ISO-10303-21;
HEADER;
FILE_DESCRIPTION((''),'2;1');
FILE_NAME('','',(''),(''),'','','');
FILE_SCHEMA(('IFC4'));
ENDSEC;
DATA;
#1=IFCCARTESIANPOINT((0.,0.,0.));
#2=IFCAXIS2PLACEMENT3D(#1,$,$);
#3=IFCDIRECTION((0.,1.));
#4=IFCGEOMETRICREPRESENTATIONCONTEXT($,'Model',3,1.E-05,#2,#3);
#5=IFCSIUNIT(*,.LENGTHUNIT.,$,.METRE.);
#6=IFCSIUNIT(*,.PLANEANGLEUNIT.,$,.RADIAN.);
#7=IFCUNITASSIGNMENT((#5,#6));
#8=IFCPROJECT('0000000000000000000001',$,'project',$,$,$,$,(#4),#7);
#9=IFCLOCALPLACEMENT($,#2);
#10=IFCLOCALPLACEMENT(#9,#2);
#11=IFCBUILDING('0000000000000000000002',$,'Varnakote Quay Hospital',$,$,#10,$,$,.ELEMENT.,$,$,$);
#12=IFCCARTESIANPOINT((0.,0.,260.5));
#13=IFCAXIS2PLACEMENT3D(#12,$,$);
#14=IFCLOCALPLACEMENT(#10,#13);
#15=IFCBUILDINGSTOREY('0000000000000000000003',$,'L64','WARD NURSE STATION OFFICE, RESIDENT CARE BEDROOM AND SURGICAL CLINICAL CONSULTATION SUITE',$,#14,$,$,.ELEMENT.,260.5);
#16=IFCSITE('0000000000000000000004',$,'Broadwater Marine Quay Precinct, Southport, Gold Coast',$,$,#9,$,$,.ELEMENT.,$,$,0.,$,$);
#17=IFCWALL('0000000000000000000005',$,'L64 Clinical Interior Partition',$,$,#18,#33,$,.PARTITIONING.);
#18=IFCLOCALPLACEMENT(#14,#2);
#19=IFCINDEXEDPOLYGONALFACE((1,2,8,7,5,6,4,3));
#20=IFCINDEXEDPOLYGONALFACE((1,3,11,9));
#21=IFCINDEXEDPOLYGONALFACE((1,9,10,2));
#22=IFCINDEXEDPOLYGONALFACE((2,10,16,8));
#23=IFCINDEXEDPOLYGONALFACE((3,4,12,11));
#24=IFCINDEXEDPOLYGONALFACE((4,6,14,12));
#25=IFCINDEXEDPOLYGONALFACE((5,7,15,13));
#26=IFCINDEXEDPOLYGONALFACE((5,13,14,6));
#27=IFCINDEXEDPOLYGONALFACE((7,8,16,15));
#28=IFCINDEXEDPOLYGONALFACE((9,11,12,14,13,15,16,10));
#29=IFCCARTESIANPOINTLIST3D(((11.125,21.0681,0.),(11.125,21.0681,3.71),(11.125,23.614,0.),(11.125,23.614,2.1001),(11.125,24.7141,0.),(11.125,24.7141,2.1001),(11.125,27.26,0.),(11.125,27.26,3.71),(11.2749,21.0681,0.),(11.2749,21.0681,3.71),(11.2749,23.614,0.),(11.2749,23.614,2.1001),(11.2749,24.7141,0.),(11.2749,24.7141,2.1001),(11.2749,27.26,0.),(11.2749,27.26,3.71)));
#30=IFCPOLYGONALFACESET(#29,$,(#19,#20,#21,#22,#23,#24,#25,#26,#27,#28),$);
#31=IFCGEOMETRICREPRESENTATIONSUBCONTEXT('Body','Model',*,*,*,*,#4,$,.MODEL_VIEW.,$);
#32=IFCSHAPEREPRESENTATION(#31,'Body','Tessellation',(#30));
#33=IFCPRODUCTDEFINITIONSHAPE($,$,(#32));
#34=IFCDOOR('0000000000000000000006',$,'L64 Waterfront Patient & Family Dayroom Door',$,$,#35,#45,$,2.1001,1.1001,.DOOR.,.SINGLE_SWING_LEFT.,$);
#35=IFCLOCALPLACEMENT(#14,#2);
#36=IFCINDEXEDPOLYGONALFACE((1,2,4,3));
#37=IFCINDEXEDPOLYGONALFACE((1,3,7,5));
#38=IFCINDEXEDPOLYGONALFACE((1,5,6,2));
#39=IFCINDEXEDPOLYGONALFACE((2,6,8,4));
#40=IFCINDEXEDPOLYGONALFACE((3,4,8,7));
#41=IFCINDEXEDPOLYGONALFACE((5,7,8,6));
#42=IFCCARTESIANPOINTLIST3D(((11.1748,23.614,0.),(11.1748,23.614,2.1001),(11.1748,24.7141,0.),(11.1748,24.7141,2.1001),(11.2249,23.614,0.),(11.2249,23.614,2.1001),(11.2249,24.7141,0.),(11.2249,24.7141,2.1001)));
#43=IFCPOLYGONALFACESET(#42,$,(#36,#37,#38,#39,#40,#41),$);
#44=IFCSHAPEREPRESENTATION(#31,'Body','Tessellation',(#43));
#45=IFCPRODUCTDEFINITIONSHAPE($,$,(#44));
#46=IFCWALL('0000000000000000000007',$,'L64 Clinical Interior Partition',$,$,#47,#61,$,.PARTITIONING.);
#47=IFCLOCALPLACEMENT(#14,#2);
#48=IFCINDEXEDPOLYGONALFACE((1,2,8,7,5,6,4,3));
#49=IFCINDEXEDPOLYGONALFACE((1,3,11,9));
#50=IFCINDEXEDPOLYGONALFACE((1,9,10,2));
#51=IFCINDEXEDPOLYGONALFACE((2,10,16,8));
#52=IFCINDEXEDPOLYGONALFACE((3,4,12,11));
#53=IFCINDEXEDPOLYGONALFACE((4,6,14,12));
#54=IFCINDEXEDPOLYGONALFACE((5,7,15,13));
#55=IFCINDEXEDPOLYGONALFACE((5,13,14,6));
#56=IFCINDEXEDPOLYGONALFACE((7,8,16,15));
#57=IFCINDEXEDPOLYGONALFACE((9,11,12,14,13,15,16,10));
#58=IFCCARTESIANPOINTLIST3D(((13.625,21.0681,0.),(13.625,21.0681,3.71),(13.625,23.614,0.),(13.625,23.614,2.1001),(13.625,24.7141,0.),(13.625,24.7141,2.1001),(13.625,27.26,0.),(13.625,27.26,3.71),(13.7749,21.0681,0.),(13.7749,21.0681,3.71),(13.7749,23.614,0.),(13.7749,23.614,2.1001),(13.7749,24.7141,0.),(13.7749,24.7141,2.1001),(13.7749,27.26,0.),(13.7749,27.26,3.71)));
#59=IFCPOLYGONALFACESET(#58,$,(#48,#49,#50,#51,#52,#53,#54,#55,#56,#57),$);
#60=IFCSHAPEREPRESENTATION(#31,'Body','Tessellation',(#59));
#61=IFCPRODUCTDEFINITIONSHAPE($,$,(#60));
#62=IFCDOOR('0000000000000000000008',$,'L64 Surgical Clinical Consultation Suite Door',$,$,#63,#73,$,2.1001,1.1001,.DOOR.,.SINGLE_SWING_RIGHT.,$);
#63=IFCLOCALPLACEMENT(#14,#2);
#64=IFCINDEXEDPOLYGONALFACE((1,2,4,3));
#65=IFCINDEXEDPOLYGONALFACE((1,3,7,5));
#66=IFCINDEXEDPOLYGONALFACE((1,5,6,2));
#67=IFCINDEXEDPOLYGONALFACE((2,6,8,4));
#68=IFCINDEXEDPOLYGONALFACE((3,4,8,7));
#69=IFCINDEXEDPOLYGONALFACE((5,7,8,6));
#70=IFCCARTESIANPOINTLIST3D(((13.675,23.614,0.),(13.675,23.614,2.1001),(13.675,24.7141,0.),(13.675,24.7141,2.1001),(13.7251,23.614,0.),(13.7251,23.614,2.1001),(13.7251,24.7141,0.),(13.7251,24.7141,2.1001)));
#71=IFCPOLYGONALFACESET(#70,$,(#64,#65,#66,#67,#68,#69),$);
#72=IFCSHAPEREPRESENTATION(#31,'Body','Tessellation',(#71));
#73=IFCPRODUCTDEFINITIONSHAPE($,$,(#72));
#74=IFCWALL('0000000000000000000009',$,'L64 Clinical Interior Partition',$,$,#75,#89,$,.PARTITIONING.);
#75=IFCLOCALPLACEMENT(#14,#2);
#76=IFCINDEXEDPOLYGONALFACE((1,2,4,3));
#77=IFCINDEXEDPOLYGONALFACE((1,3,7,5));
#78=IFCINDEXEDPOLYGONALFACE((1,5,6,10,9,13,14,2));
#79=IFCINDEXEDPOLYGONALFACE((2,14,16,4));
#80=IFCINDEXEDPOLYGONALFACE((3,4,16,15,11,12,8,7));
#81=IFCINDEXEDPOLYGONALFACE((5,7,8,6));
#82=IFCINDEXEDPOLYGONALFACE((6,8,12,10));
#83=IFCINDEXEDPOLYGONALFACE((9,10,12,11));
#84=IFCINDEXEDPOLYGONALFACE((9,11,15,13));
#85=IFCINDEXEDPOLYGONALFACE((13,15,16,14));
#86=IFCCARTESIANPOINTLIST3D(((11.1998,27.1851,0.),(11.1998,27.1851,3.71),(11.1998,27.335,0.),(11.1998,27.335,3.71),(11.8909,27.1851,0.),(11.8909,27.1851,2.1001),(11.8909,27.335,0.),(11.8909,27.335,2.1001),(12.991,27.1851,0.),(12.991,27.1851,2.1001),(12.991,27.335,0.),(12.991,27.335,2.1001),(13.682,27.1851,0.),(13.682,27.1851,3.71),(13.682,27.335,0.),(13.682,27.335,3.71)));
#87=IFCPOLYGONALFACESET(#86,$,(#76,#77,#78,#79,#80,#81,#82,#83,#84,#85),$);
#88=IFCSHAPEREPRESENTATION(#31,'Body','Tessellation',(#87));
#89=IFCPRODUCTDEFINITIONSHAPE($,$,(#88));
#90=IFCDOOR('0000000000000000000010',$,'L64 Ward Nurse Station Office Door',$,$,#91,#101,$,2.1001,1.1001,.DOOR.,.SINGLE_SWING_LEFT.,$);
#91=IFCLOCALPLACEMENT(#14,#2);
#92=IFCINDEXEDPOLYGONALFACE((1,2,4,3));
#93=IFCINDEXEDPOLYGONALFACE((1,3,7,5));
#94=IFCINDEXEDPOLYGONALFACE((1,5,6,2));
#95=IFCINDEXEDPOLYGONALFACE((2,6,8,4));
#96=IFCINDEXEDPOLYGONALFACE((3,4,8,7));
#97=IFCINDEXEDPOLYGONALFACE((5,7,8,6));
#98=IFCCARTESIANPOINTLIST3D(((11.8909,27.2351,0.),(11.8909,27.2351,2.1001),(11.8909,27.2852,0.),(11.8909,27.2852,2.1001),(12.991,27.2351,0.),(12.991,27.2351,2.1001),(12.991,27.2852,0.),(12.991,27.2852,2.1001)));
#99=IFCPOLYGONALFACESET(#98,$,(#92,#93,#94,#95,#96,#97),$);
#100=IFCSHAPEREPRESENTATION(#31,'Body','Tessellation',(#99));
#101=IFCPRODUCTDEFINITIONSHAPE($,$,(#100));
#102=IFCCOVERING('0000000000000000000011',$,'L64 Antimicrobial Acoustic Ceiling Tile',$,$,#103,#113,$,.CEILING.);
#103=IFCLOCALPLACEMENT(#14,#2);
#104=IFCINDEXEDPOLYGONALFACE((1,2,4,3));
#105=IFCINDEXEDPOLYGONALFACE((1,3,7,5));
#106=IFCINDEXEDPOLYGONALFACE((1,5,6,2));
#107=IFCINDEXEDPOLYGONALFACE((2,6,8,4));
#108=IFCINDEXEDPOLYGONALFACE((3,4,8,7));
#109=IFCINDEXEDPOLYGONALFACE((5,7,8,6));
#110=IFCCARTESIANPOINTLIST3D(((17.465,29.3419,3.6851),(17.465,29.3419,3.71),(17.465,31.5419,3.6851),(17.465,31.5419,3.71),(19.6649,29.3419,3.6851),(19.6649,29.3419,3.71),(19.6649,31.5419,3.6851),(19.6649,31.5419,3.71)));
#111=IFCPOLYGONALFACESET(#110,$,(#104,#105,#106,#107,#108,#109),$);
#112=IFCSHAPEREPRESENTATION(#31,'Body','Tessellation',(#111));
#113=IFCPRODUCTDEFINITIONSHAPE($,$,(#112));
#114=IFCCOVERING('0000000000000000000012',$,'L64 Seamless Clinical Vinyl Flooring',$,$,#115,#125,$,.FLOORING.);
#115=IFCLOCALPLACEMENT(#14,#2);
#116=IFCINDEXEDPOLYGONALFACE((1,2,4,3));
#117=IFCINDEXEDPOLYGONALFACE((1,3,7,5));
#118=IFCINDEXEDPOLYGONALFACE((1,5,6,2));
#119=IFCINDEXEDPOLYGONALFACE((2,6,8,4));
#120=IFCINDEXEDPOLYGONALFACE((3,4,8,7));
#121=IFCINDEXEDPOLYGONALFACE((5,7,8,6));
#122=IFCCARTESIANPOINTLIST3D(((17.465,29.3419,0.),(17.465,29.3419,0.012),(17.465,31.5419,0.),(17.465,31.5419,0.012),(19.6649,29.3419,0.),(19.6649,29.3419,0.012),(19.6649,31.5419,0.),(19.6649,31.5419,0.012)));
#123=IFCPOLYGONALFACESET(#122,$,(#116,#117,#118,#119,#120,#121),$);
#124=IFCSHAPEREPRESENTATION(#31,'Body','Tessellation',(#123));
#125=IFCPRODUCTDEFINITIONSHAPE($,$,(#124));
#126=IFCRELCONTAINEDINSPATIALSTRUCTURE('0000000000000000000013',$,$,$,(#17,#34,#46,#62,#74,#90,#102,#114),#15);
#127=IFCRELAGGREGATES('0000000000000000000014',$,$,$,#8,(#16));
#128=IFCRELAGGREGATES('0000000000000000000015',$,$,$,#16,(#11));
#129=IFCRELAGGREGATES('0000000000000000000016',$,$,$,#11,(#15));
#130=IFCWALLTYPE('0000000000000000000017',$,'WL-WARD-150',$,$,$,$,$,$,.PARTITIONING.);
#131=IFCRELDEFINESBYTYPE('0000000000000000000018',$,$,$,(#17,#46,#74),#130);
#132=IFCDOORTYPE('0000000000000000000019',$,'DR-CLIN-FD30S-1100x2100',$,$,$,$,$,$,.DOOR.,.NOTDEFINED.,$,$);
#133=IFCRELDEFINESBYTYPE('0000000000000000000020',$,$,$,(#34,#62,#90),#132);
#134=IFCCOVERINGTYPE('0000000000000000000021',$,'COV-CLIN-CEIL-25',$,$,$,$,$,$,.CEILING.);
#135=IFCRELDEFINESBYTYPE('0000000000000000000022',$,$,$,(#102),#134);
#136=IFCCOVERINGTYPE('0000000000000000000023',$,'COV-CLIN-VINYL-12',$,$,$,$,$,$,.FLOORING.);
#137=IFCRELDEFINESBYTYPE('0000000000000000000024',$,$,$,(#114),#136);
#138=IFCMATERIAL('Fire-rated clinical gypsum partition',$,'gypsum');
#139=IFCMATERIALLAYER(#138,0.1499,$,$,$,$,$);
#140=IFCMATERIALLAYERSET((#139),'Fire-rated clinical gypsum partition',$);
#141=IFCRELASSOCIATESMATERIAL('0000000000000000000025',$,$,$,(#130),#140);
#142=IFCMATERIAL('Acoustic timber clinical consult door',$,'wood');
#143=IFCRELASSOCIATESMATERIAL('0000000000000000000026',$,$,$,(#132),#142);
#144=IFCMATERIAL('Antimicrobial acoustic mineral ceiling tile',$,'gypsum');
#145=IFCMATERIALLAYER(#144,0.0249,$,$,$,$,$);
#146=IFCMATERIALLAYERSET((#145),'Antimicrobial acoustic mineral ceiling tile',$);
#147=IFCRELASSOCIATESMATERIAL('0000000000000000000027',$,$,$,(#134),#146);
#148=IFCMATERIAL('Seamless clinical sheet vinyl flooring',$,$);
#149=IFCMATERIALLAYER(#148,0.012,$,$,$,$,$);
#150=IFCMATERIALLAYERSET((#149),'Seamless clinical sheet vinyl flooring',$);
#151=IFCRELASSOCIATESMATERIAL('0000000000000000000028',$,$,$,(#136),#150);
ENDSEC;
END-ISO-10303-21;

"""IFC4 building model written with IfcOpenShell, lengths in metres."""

from ifc_helpers import new_model, si_unit, direction, frame, frame_2d, origin, origin_2d, place, context, subcontext, project, spatial, rectangle, extrude, material, layer, layer_set, type_object, element, fill, save


model = new_model("IFC4")

# Units and contexts
model_context = context("Model", 3, precision=1e-05, world=origin(), true_north=direction((0.0, 1.0)))
body_context = subcontext(model_context, "Body", "Model", "MODEL_VIEW")
ifc_project = project(units=[si_unit("LENGTHUNIT", "METRE"), si_unit("PLANEANGLEUNIT", "RADIAN")], contexts=[model_context])

# Site, building, storey
site_placement = place(None, origin())
site = spatial("IfcSite", under=ifc_project, at=site_placement, Name="Broadwater Marine Quay Precinct, Southport, Gold Coast", CompositionType="ELEMENT", RefElevation=0.0)
building_placement = place(site_placement, origin())
building = spatial("IfcBuilding", under=site, at=building_placement, Name="Varnakote Quay Hospital", CompositionType="ELEMENT")
storey_placement = place(building_placement, frame((0.0, 0.0, 260.5)))
storey = spatial("IfcBuildingStorey", under=building, at=storey_placement, Name="L64", Description="WARD NURSE STATION OFFICE, RESIDENT CARE BEDROOM AND SURGICAL CLINICAL CONSULTATION SUITE", CompositionType="ELEMENT", Elevation=260.5)

# Shared definitions
ifc_material_1 = material(Name="Fire-rated clinical gypsum partition", Category="gypsum")
ifc_layer_1 = layer(ifc_material_1, 0.1499)
ifc_layer_set_1 = layer_set([ifc_layer_1], Name="Fire-rated clinical gypsum partition")
wall_type_1 = type_object("IfcWallType", Name="WL-WARD-150", PredefinedType="PARTITIONING", material=ifc_layer_set_1)

# Walls, openings, doors
wall_1_placement = place(storey_placement, frame((11.2, 27.26, 0.0), z_axis=(0.0, 0.0, 1.0), x_axis=(0.0, -1.0, 0.0)))
wall_1 = element("IfcWall", 1, at=wall_1_placement, inside=storey, type_object=wall_type_1, Name="L64 Clinical Interior Partition", PredefinedType="PARTITIONING", context=body_context, shape_type="SweptSolid", body=[
    extrude(rectangle(XDim=6.1919, YDim=0.1499, at=frame_2d((3.0959, 0.0))), origin(), (0.0, 0.0, 1.0), 3.71),
])
opening_1_placement = place(wall_1_placement, frame((2.5459, 0.0, 0.0)))
opening_1 = element("IfcOpeningElement", 2, at=opening_1_placement, cuts=wall_1, PredefinedType="OPENING", context=body_context, shape_type="SweptSolid", body=[
    extrude(rectangle(XDim=1.1001, YDim=2.1001, at=frame_2d((0.55, 1.05))), frame((0.0, 0.085, 0.0), z_axis=(0.0, -1.0, 0.0), x_axis=(1.0, 0.0, 0.0)), (0.0, 0.0, 1.0), 0.1699),
])
ifc_material_2 = material(Name="Acoustic timber clinical consult door", Category="wood")
door_type = type_object("IfcDoorType", Name="DR-CLIN-FD30S-1100x2100", OperationType="NOTDEFINED", PredefinedType="DOOR", material=ifc_material_2)
door_1_placement = place(opening_1_placement, origin())
door_1 = element("IfcDoor", 3, at=door_1_placement, inside=storey, type_object=door_type, Name="L64 Waterfront Patient & Family Dayroom Door", OperationType="SINGLE_SWING_LEFT", OverallHeight=2.1001, OverallWidth=1.1001, PredefinedType="DOOR", context=body_context, shape_type="SweptSolid", body=[
    extrude(rectangle(XDim=1.1001, YDim=2.1001, at=frame_2d((0.55, 1.05))), frame((0.0, 0.0249, 0.0), z_axis=(0.0, -1.0, 0.0), x_axis=(1.0, 0.0, 0.0)), (0.0, 0.0, 1.0), 0.05),
])
fill(opening_1, door_1)
wall_2_placement = place(storey_placement, frame((13.7, 21.0681, 0.0), z_axis=(0.0, 0.0, 1.0), x_axis=(0.0, 1.0, 0.0)))
wall_2 = element("IfcWall", 4, at=wall_2_placement, inside=storey, type_object=wall_type_1, Name="L64 Clinical Interior Partition", PredefinedType="PARTITIONING", context=body_context, shape_type="SweptSolid", body=[
    extrude(rectangle(XDim=6.1919, YDim=0.1499, at=frame_2d((3.0959, 0.0))), origin(), (0.0, 0.0, 1.0), 3.71),
])
opening_2_placement = place(wall_2_placement, frame((2.5459, 0.0, 0.0)))
opening_2 = element("IfcOpeningElement", 5, at=opening_2_placement, cuts=wall_2, PredefinedType="OPENING", context=body_context, shape_type="SweptSolid", body=[
    extrude(rectangle(XDim=1.1001, YDim=2.1001, at=frame_2d((0.55, 1.05))), frame((0.0, 0.085, 0.0), z_axis=(0.0, -1.0, 0.0), x_axis=(1.0, 0.0, 0.0)), (0.0, 0.0, 1.0), 0.1699),
])
door_2_placement = place(opening_2_placement, origin())
door_2 = element("IfcDoor", 6, at=door_2_placement, inside=storey, type_object=door_type, Name="L64 Surgical Clinical Consultation Suite Door", OperationType="SINGLE_SWING_RIGHT", OverallHeight=2.1001, OverallWidth=1.1001, PredefinedType="DOOR", context=body_context, shape_type="SweptSolid", body=[
    extrude(rectangle(XDim=1.1001, YDim=2.1001, at=frame_2d((0.55, 1.05))), frame((0.0, 0.0249, 0.0), z_axis=(0.0, -1.0, 0.0), x_axis=(1.0, 0.0, 0.0)), (0.0, 0.0, 1.0), 0.05),
])
fill(opening_2, door_2)
wall_3_placement = place(storey_placement, frame((13.6821, 27.26, 0.0), z_axis=(0.0, 0.0, 1.0), x_axis=(-1.0, 0.0, 0.0)))
wall_3 = element("IfcWall", 7, at=wall_3_placement, inside=storey, type_object=wall_type_1, Name="L64 Clinical Interior Partition", PredefinedType="PARTITIONING", context=body_context, shape_type="SweptSolid", body=[
    extrude(rectangle(XDim=2.4822, YDim=0.1499, at=frame_2d((1.2412, 0.0))), origin(), (0.0, 0.0, 1.0), 3.71),
])
opening_3_placement = place(wall_3_placement, frame((0.6912, 0.0, 0.0)))
opening_3 = element("IfcOpeningElement", 8, at=opening_3_placement, cuts=wall_3, PredefinedType="OPENING", context=body_context, shape_type="SweptSolid", body=[
    extrude(rectangle(XDim=1.1001, YDim=2.1001, at=frame_2d((0.55, 1.05))), frame((0.0, 0.085, 0.0), z_axis=(0.0, -1.0, 0.0), x_axis=(1.0, 0.0, 0.0)), (0.0, 0.0, 1.0), 0.1699),
])
door_3_placement = place(opening_3_placement, origin())
door_3 = element("IfcDoor", 9, at=door_3_placement, inside=storey, type_object=door_type, Name="L64 Ward Nurse Station Office Door", OperationType="SINGLE_SWING_LEFT", OverallHeight=2.1001, OverallWidth=1.1001, PredefinedType="DOOR", context=body_context, shape_type="SweptSolid", body=[
    extrude(rectangle(XDim=1.1001, YDim=2.1001, at=frame_2d((0.55, 1.05))), frame((0.0, 0.0249, 0.0), z_axis=(0.0, -1.0, 0.0), x_axis=(1.0, 0.0, 0.0)), (0.0, 0.0, 1.0), 0.05),
])
fill(opening_3, door_3)

# Coverings
ifc_material_3 = material(Name="Antimicrobial acoustic mineral ceiling tile", Category="gypsum")
ifc_layer_2 = layer(ifc_material_3, 0.0249)
ifc_layer_set_2 = layer_set([ifc_layer_2], Name="Antimicrobial acoustic mineral ceiling tile")
covering_type_1 = type_object("IfcCoveringType", Name="COV-CLIN-CEIL-25", PredefinedType="CEILING", material=ifc_layer_set_2)
covering_1_placement = place(storey_placement, frame((18.5649, 30.4419, 3.6851), z_axis=(0.0, 0.0, 1.0), x_axis=(1.0, 0.0, 0.0)))
element("IfcCovering", 10, at=covering_1_placement, inside=storey, type_object=covering_type_1, Name="L64 Antimicrobial Acoustic Ceiling Tile", PredefinedType="CEILING", context=body_context, shape_type="SweptSolid", body=[
    extrude(rectangle(XDim=2.2, YDim=2.2, at=origin_2d()), origin(), (0.0, 0.0, 1.0), 0.0249),
])
ifc_material_4 = material(Name="Seamless clinical sheet vinyl flooring")
ifc_layer_3 = layer(ifc_material_4, 0.012)
ifc_layer_set_3 = layer_set([ifc_layer_3], Name="Seamless clinical sheet vinyl flooring")
covering_type_2 = type_object("IfcCoveringType", Name="COV-CLIN-VINYL-12", PredefinedType="FLOORING", material=ifc_layer_set_3)
covering_2_placement = place(storey_placement, frame((18.5649, 30.4419, 0.0), z_axis=(0.0, 0.0, 1.0), x_axis=(1.0, 0.0, 0.0)))
element("IfcCovering", 11, at=covering_2_placement, inside=storey, type_object=covering_type_2, Name="L64 Seamless Clinical Vinyl Flooring", PredefinedType="FLOORING", context=body_context, shape_type="SweptSolid", body=[
    extrude(rectangle(XDim=2.2, YDim=2.2, at=origin_2d()), origin(), (0.0, 0.0, 1.0), 0.012),
])

save(model, "model.ifc")
